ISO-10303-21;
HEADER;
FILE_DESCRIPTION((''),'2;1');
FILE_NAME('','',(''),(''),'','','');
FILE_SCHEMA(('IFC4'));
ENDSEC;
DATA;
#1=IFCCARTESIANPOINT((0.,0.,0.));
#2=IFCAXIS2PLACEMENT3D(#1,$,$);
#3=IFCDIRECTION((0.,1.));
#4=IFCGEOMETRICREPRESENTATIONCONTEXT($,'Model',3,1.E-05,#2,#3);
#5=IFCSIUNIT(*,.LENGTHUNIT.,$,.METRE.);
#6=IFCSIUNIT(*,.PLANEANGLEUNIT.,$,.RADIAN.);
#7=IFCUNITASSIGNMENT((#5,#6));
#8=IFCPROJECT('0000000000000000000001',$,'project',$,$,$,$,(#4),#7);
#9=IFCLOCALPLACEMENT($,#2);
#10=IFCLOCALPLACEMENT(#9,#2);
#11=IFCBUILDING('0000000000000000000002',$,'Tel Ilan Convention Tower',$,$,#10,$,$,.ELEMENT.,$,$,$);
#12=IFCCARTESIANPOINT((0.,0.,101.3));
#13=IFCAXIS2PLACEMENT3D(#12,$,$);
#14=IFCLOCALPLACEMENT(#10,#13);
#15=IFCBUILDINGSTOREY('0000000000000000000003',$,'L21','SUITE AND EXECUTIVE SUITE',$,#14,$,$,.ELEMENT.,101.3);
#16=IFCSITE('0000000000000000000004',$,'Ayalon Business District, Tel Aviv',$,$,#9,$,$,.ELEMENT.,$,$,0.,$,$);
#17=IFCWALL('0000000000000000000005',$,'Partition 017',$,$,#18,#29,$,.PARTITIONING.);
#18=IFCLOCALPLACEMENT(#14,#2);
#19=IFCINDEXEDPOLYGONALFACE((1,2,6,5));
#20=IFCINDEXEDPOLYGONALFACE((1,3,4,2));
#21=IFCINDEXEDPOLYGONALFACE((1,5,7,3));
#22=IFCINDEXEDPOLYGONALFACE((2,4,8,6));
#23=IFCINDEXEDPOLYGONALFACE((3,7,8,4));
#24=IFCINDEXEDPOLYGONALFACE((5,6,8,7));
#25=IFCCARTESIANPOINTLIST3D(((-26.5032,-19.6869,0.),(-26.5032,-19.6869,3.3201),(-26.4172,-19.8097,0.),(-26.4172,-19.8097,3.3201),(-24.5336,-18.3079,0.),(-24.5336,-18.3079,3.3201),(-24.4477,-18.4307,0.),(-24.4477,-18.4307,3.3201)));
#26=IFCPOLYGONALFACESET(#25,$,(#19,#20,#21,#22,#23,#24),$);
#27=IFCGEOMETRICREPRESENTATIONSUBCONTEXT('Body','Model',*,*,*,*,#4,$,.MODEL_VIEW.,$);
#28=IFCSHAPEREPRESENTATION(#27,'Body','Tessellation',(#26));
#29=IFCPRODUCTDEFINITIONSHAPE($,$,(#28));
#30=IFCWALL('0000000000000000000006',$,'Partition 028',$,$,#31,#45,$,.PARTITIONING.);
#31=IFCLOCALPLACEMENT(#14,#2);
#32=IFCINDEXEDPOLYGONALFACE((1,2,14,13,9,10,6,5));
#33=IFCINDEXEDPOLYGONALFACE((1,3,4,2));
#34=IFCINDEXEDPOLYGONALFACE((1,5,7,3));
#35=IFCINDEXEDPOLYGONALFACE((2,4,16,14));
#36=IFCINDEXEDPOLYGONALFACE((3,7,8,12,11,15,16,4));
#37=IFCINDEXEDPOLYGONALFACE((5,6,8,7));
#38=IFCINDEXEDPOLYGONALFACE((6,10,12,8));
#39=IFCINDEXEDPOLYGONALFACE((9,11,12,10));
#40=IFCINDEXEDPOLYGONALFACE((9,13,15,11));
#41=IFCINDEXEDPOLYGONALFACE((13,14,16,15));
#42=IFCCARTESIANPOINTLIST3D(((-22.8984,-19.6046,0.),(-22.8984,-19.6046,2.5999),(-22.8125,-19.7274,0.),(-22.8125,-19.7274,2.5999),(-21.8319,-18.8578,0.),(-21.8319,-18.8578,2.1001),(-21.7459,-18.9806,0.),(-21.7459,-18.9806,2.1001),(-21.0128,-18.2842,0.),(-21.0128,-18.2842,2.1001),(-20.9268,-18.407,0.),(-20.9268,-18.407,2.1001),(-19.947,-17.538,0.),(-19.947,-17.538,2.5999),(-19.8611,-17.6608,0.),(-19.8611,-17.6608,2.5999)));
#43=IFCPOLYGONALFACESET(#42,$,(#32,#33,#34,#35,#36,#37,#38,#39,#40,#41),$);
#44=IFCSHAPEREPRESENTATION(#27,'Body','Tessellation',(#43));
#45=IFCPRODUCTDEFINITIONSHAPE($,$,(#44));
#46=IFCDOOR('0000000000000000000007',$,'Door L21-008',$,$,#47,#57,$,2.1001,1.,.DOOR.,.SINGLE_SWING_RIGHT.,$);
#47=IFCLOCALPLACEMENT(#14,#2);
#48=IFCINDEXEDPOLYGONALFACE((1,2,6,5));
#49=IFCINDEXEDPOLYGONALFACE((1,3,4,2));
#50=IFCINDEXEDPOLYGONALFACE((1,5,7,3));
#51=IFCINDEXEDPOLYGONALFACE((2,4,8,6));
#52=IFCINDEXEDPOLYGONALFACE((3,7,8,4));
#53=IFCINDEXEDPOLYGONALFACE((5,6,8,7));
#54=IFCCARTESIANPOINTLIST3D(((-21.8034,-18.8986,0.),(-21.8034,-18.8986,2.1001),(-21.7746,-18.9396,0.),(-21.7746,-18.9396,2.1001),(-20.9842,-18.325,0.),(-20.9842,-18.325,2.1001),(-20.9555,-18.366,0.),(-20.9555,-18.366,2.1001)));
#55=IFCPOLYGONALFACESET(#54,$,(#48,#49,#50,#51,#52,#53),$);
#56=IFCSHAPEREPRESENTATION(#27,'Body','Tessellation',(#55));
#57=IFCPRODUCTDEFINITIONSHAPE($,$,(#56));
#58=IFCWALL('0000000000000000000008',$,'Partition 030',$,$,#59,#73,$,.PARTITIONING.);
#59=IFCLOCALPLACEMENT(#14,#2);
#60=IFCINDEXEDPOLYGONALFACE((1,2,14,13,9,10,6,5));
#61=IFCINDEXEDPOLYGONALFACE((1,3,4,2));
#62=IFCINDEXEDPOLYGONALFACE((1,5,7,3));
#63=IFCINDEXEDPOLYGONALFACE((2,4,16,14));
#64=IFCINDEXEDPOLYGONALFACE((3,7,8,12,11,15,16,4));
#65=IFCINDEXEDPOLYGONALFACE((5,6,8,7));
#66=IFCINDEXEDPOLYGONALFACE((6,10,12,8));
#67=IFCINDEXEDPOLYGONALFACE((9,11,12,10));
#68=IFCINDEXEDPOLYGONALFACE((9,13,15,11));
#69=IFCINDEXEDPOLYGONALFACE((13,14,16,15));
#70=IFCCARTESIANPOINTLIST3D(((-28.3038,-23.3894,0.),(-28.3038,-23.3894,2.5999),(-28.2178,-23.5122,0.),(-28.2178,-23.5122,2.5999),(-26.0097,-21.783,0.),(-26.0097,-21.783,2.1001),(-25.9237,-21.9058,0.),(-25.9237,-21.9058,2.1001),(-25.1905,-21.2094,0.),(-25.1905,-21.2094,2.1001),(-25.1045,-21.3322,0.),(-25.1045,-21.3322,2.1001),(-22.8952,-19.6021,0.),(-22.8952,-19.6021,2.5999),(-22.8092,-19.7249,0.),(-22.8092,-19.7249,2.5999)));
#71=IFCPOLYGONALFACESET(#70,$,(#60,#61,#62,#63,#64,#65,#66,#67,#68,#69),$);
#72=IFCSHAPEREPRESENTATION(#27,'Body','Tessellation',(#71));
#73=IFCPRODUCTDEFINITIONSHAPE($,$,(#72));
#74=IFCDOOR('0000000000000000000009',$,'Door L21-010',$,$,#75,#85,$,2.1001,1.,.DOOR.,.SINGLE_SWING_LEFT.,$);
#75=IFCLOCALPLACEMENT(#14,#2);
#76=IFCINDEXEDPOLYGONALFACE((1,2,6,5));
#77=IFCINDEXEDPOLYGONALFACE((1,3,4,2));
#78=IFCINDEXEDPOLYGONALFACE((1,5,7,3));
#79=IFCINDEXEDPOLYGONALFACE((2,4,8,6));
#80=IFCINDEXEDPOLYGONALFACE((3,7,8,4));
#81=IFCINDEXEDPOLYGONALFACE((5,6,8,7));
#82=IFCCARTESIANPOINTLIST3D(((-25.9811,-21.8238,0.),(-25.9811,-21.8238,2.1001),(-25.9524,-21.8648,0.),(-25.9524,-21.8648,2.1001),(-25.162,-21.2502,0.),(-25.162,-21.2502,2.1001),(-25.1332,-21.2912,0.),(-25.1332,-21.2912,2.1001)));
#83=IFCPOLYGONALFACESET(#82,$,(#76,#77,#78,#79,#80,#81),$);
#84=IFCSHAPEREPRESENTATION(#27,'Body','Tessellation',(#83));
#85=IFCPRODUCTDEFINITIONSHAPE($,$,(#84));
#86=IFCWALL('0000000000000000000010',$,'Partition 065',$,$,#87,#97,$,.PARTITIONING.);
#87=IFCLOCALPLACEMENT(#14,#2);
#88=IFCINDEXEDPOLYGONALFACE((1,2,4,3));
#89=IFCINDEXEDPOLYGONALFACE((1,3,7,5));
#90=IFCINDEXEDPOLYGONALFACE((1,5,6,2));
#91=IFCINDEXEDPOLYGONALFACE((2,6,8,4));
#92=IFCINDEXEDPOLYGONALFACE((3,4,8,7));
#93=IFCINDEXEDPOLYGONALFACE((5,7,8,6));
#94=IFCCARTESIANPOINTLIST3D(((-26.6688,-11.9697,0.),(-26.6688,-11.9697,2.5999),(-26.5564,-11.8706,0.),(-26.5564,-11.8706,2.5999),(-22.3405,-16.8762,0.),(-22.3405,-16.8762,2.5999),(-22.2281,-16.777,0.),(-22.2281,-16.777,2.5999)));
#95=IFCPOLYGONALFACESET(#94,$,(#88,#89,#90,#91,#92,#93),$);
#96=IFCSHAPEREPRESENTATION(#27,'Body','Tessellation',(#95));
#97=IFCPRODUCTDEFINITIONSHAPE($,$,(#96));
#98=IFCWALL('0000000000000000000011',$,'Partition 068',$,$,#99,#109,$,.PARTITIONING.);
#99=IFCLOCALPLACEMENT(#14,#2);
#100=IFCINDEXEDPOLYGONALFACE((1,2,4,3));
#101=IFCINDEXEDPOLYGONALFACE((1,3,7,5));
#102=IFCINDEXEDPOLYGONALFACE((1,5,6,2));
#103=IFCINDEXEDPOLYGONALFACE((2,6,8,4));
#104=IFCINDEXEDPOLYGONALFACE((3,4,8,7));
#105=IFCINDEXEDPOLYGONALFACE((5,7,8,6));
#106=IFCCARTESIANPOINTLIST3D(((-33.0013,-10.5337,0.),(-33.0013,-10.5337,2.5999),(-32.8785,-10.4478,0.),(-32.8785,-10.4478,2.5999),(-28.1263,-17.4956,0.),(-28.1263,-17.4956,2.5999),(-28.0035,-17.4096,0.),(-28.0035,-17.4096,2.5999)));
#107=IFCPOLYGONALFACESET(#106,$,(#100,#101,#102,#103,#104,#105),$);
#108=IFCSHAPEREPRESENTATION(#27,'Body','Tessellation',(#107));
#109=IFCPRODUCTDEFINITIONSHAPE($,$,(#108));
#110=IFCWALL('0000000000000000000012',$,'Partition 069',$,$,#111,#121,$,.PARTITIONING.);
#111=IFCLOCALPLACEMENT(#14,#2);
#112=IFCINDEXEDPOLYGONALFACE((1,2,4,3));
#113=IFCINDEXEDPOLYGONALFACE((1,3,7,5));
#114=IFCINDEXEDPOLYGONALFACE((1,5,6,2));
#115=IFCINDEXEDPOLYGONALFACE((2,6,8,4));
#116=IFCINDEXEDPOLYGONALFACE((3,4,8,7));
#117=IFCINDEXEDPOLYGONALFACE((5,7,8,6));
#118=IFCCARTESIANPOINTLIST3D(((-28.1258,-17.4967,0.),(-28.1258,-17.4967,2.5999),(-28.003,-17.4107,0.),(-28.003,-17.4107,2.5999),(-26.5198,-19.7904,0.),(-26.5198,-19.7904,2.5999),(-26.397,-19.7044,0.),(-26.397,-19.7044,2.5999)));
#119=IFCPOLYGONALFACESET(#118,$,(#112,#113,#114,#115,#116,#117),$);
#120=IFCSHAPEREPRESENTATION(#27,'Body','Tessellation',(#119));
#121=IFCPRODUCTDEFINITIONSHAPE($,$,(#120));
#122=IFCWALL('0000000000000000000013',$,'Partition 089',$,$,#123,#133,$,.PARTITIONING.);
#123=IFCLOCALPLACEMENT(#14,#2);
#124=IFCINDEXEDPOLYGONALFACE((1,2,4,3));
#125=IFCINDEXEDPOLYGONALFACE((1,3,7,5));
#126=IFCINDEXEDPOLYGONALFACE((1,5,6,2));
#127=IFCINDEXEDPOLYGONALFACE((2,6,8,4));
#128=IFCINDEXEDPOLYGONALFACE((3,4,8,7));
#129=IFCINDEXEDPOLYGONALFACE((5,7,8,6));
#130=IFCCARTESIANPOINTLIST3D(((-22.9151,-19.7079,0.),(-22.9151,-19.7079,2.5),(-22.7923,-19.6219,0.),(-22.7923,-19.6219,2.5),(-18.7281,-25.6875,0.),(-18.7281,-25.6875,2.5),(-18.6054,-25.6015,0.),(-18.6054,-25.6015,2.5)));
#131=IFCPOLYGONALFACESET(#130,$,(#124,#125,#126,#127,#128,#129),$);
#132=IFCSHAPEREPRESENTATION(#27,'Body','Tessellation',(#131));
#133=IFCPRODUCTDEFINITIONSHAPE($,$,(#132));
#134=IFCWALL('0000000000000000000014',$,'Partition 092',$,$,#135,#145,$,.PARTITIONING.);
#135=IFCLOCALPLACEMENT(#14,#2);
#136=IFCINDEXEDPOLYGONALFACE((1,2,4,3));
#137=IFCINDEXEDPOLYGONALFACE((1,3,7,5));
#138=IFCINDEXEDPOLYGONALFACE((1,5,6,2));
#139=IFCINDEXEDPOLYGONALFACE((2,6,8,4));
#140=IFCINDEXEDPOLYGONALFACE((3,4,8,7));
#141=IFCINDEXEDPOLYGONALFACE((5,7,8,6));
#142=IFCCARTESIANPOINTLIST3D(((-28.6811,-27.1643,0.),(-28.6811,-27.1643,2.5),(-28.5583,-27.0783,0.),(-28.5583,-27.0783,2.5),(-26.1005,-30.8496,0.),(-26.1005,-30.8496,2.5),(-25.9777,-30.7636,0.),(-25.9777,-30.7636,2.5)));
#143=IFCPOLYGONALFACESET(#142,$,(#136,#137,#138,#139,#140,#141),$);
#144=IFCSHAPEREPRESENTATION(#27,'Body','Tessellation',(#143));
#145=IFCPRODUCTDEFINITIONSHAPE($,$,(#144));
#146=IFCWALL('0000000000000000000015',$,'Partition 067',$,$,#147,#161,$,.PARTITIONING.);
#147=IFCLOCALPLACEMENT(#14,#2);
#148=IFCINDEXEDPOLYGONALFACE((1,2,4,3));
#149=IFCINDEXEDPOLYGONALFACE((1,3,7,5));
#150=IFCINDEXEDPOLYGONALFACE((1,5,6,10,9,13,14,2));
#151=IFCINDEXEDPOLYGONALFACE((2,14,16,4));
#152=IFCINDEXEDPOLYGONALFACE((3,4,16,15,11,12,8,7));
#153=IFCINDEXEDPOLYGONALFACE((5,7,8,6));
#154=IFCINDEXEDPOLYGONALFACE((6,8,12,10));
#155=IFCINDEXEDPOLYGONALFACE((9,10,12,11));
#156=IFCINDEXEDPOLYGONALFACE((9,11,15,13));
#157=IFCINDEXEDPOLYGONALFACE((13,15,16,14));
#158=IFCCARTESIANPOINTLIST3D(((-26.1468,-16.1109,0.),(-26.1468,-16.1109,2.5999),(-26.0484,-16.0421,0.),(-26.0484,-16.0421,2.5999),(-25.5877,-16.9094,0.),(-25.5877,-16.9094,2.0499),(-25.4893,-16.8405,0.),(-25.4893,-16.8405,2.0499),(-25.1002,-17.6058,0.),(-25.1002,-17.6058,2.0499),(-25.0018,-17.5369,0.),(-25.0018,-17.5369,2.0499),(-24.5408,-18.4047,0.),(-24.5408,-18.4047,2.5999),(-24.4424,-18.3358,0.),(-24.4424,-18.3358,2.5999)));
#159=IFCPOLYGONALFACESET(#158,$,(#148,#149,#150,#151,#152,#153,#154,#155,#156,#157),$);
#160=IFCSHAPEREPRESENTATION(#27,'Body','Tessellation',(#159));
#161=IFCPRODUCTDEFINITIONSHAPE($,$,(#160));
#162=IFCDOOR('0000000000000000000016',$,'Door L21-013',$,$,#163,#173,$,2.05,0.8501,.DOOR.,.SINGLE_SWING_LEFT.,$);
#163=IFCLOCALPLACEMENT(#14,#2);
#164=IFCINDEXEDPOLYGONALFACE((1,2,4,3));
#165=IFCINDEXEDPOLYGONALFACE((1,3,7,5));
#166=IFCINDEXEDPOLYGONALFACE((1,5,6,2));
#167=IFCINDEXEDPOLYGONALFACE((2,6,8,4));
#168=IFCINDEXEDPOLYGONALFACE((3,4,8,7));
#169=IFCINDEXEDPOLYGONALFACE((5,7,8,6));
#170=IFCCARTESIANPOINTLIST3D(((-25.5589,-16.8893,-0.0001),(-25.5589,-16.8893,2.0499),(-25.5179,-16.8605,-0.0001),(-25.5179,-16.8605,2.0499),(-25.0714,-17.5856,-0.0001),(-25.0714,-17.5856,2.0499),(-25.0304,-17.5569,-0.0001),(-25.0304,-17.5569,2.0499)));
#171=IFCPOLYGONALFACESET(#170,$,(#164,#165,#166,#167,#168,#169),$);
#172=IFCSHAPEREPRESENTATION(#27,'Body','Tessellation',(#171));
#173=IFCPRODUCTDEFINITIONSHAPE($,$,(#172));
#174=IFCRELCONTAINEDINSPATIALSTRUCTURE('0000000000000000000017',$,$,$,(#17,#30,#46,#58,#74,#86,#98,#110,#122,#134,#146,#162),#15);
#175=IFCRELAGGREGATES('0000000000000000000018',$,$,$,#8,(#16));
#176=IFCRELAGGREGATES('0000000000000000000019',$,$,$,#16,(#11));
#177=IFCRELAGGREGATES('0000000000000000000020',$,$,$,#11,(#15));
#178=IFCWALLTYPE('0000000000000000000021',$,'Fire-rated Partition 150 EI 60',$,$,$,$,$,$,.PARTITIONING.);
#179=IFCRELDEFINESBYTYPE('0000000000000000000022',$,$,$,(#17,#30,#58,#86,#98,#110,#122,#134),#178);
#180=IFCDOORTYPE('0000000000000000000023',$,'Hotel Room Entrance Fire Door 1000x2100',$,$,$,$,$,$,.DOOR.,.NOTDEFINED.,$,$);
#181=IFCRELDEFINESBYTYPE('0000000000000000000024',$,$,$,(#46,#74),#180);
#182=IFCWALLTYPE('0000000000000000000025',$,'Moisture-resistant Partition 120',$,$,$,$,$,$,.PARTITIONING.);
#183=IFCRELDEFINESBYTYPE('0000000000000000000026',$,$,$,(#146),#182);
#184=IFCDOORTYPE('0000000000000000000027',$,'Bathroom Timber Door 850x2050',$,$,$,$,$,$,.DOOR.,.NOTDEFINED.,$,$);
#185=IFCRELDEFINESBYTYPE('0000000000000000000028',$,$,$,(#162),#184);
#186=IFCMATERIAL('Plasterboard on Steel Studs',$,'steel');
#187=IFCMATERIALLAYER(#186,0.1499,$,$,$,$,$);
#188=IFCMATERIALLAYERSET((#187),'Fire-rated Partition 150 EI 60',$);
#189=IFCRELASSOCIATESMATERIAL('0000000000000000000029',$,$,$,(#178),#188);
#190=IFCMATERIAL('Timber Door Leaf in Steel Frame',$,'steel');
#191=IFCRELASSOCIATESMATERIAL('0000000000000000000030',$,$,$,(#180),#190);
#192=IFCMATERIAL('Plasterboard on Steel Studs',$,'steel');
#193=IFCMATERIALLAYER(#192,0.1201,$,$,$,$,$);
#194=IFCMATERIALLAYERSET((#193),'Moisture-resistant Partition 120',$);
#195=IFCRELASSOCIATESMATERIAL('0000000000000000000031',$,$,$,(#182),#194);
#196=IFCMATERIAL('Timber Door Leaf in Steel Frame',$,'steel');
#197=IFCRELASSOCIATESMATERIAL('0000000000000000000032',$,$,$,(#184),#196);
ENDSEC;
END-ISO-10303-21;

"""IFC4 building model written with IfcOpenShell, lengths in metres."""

from ifc_helpers import new_model, si_unit, direction, frame, frame_2d, origin, place, context, subcontext, project, spatial, rectangle, extrude, material, layer, layer_set, type_object, element, fill, save


model = new_model("IFC4")

# Units and contexts
model_context = context("Model", 3, precision=1e-05, world=origin(), true_north=direction((0.0, 1.0)))
body_context = subcontext(model_context, "Body", "Model", "MODEL_VIEW")
ifc_project = project(units=[si_unit("LENGTHUNIT", "METRE"), si_unit("PLANEANGLEUNIT", "RADIAN")], contexts=[model_context])

# Site, building, storey
site_placement = place(None, origin())
site = spatial("IfcSite", under=ifc_project, at=site_placement, Name="Ayalon Business District, Tel Aviv", CompositionType="ELEMENT", RefElevation=0.0)
building_placement = place(site_placement, origin())
building = spatial("IfcBuilding", under=site, at=building_placement, Name="Tel Ilan Convention Tower", CompositionType="ELEMENT")
storey_placement = place(building_placement, frame((0.0, 0.0, 101.3)))
storey = spatial("IfcBuildingStorey", under=building, at=storey_placement, Name="L21", Description="SUITE AND EXECUTIVE SUITE", CompositionType="ELEMENT", Elevation=101.3)

# Shared definitions
ifc_material_1 = material(Name="Plasterboard on Steel Studs", Category="steel")
ifc_layer_1 = layer(ifc_material_1, 0.1499)
ifc_layer_set_1 = layer_set([ifc_layer_1], Name="Fire-rated Partition 150 EI 60")
wall_type_1 = type_object("IfcWallType", Name="Fire-rated Partition 150 EI 60", PredefinedType="PARTITIONING", material=ifc_layer_set_1)
ifc_material_2 = material(Name="Timber Door Leaf in Steel Frame", Category="steel")
door_type_1 = type_object("IfcDoorType", Name="Hotel Room Entrance Fire Door 1000x2100", OperationType="NOTDEFINED", PredefinedType="DOOR", material=ifc_material_2)

# Wall
wall_1_placement = place(storey_placement, frame((-26.4602, -19.7483, 0.0), z_axis=(0.0, 0.0, 1.0), x_axis=(0.819179, 0.573537, 0.0)))
element("IfcWall", 1, at=wall_1_placement, inside=storey, type_object=wall_type_1, Name="Partition 017", PredefinedType="PARTITIONING", context=body_context, shape_type="SweptSolid", body=[
    extrude(rectangle(XDim=2.4043, YDim=0.1499, at=frame_2d((1.2021, 0.0))), origin(), (0.0, 0.0, 1.0), 3.3201),
])

# Walls, openings, doors
wall_2_placement = place(storey_placement, frame((-19.9041, -17.5994, 0.0), z_axis=(0.0, 0.0, 1.0), x_axis=(-0.819146, -0.573585, 0.0)))
wall_2 = element("IfcWall", 2, at=wall_2_placement, inside=storey, type_object=wall_type_1, Name="Partition 028", PredefinedType="PARTITIONING", context=body_context, shape_type="SweptSolid", body=[
    extrude(rectangle(XDim=3.603, YDim=0.1499, at=frame_2d((1.8015, 0.0))), origin(), (0.0, 0.0, 1.0), 2.5999),
])
opening_1_placement = place(wall_2_placement, frame((1.301, 0.0, 0.0)))
opening_1 = element("IfcOpeningElement", 3, at=opening_1_placement, cuts=wall_2, PredefinedType="OPENING", context=body_context, shape_type="SweptSolid", body=[
    extrude(rectangle(XDim=1.0, YDim=2.1001, at=frame_2d((0.5, 1.05))), frame((0.0, 0.085, 0.0), z_axis=(0.0, -1.0, 0.0), x_axis=(1.0, 0.0, 0.0)), (0.0, 0.0, 1.0), 0.1699),
])
door_1_placement = place(opening_1_placement, origin())
door_1 = element("IfcDoor", 4, at=door_1_placement, inside=storey, type_object=door_type_1, Name="Door L21-008", OperationType="SINGLE_SWING_RIGHT", OverallHeight=2.1001, OverallWidth=1.0, PredefinedType="DOOR", context=body_context, shape_type="SweptSolid", body=[
    extrude(rectangle(XDim=1.0, YDim=2.1001, at=frame_2d((0.5, 1.05))), frame((0.0, 0.0249, 0.0), z_axis=(0.0, -1.0, 0.0), x_axis=(1.0, 0.0, 0.0)), (0.0, 0.0, 1.0), 0.05),
])
fill(opening_1, door_1)
wall_3_placement = place(storey_placement, frame((-22.8523, -19.6636, 0.0), z_axis=(0.0, 0.0, 1.0), x_axis=(-0.819142, -0.573591, 0.0)))
wall_3 = element("IfcWall", 5, at=wall_3_placement, inside=storey, type_object=wall_type_1, Name="Partition 030", PredefinedType="PARTITIONING", context=body_context, shape_type="SweptSolid", body=[
    extrude(rectangle(XDim=6.6028, YDim=0.1499, at=frame_2d((3.3013, 0.0))), origin(), (0.0, 0.0, 1.0), 2.5999),
])
opening_2_placement = place(wall_3_placement, frame((2.802, 0.0, 0.0)))
opening_2 = element("IfcOpeningElement", 6, at=opening_2_placement, cuts=wall_3, PredefinedType="OPENING", context=body_context, shape_type="SweptSolid", body=[
    extrude(rectangle(XDim=1.0, YDim=2.1001, at=frame_2d((0.5, 1.05))), frame((0.0, 0.085, 0.0), z_axis=(0.0, -1.0, 0.0), x_axis=(1.0, 0.0, 0.0)), (0.0, 0.0, 1.0), 0.1699),
])
door_2_placement = place(opening_2_placement, origin())
door_2 = element("IfcDoor", 7, at=door_2_placement, inside=storey, type_object=door_type_1, Name="Door L21-010", OperationType="SINGLE_SWING_LEFT", OverallHeight=2.1001, OverallWidth=1.0, PredefinedType="DOOR", context=body_context, shape_type="SweptSolid", body=[
    extrude(rectangle(XDim=1.0, YDim=2.1001, at=frame_2d((0.5, 1.05))), frame((0.0, 0.0249, 0.0), z_axis=(0.0, -1.0, 0.0), x_axis=(1.0, 0.0, 0.0)), (0.0, 0.0, 1.0), 0.05),
])
fill(opening_2, door_2)

# Walls
wall_4_placement = place(storey_placement, frame((-22.2842, -16.8267, 0.0), z_axis=(0.0, 0.0, 1.0), x_axis=(-0.661545, 0.749905, 0.0)))
element("IfcWall", 8, at=wall_4_placement, inside=storey, type_object=wall_type_1, Name="Partition 065", PredefinedType="PARTITIONING", context=body_context, shape_type="SweptSolid", body=[
    extrude(rectangle(XDim=6.5427, YDim=0.1499, at=frame_2d((3.2715, 0.0))), origin(), (0.0, 0.0, 1.0), 2.5999),
])
wall_5_placement = place(storey_placement, frame((-28.0649, -17.4526, 0.0), z_axis=(0.0, 0.0, 1.0), x_axis=(-0.573593, 0.81914, 0.0)))
element("IfcWall", 9, at=wall_5_placement, inside=storey, type_object=wall_type_1, Name="Partition 068", PredefinedType="PARTITIONING", context=body_context, shape_type="SweptSolid", body=[
    extrude(rectangle(XDim=8.499, YDim=0.1499, at=frame_2d((4.2495, 0.0))), origin(), (0.0, 0.0, 1.0), 2.5999),
])
wall_6_placement = place(storey_placement, frame((-26.4585, -19.7473, 0.0), z_axis=(0.0, 0.0, 1.0), x_axis=(-0.57355, 0.81917, 0.0)))
element("IfcWall", 10, at=wall_6_placement, inside=storey, type_object=wall_type_1, Name="Partition 069", PredefinedType="PARTITIONING", context=body_context, shape_type="SweptSolid", body=[
    extrude(rectangle(XDim=2.8, YDim=0.1499, at=frame_2d((1.3999, 0.0))), origin(), (0.0, 0.0, 1.0), 2.5999),
])
wall_7_placement = place(storey_placement, frame((-18.6667, -25.6445, 0.0), z_axis=(0.0, 0.0, 1.0), x_axis=(-0.573572, 0.819155, 0.0)))
element("IfcWall", 11, at=wall_7_placement, inside=storey, type_object=wall_type_1, Name="Partition 089", PredefinedType="PARTITIONING", context=body_context, shape_type="SweptSolid", body=[
    extrude(rectangle(XDim=7.2998, YDim=0.1499, at=frame_2d((3.6499, 0.0))), origin(), (0.0, 0.0, 1.0), 2.5),
])
wall_8_placement = place(storey_placement, frame((-26.0391, -30.8066, 0.0), z_axis=(0.0, 0.0, 1.0), x_axis=(-0.57359, 0.819143, 0.0)))
element("IfcWall", 12, at=wall_8_placement, inside=storey, type_object=wall_type_1, Name="Partition 092", PredefinedType="PARTITIONING", context=body_context, shape_type="SweptSolid", body=[
    extrude(rectangle(XDim=4.499, YDim=0.1499, at=frame_2d((2.2495, 0.0))), origin(), (0.0, 0.0, 1.0), 2.5),
])

# Wall, opening, door
ifc_material_3 = material(Name="Plasterboard on Steel Studs", Category="steel")
ifc_layer_2 = layer(ifc_material_3, 0.1201)
ifc_layer_set_2 = layer_set([ifc_layer_2], Name="Moisture-resistant Partition 120")
wall_type_2 = type_object("IfcWallType", Name="Moisture-resistant Partition 120", PredefinedType="PARTITIONING", material=ifc_layer_set_2)
wall_9_placement = place(storey_placement, frame((-24.4917, -18.3701, 0.0), z_axis=(0.0, 0.0, 1.0), x_axis=(-0.57355, 0.81917, 0.0)))
wall_9 = element("IfcWall", 13, at=wall_9_placement, inside=storey, type_object=wall_type_2, Name="Partition 067", PredefinedType="PARTITIONING", context=body_context, shape_type="SweptSolid", body=[
    extrude(rectangle(XDim=2.8, YDim=0.1201, at=frame_2d((1.3999, 0.0))), origin(), (0.0, 0.0, 1.0), 2.5999),
])
opening_3_placement = place(wall_9_placement, frame((0.9751, 0.0, 0.0)))
opening_3 = element("IfcOpeningElement", 14, at=opening_3_placement, cuts=wall_9, PredefinedType="OPENING", context=body_context, shape_type="SweptSolid", body=[
    extrude(rectangle(XDim=0.8501, YDim=2.05, at=frame_2d((0.425, 1.0249))), frame((0.0, 0.0701, 0.0), z_axis=(0.0, -1.0, 0.0), x_axis=(1.0, 0.0, 0.0)), (0.0, 0.0, 1.0), 0.1401),
])
ifc_material_4 = material(Name="Timber Door Leaf in Steel Frame", Category="steel")
door_type_2 = type_object("IfcDoorType", Name="Bathroom Timber Door 850x2050", OperationType="NOTDEFINED", PredefinedType="DOOR", material=ifc_material_4)
door_3_placement = place(opening_3_placement, origin())
door_3 = element("IfcDoor", 15, at=door_3_placement, inside=storey, type_object=door_type_2, Name="Door L21-013", OperationType="SINGLE_SWING_LEFT", OverallHeight=2.05, OverallWidth=0.8501, PredefinedType="DOOR", context=body_context, shape_type="SweptSolid", body=[
    extrude(rectangle(XDim=0.8501, YDim=2.05, at=frame_2d((0.425, 1.0249))), frame((0.0, 0.0249, 0.0), z_axis=(0.0, -1.0, 0.0), x_axis=(1.0, 0.0, 0.0)), (0.0, 0.0, 1.0), 0.05),
])
fill(opening_3, door_3)

save(model, "model.ifc")
